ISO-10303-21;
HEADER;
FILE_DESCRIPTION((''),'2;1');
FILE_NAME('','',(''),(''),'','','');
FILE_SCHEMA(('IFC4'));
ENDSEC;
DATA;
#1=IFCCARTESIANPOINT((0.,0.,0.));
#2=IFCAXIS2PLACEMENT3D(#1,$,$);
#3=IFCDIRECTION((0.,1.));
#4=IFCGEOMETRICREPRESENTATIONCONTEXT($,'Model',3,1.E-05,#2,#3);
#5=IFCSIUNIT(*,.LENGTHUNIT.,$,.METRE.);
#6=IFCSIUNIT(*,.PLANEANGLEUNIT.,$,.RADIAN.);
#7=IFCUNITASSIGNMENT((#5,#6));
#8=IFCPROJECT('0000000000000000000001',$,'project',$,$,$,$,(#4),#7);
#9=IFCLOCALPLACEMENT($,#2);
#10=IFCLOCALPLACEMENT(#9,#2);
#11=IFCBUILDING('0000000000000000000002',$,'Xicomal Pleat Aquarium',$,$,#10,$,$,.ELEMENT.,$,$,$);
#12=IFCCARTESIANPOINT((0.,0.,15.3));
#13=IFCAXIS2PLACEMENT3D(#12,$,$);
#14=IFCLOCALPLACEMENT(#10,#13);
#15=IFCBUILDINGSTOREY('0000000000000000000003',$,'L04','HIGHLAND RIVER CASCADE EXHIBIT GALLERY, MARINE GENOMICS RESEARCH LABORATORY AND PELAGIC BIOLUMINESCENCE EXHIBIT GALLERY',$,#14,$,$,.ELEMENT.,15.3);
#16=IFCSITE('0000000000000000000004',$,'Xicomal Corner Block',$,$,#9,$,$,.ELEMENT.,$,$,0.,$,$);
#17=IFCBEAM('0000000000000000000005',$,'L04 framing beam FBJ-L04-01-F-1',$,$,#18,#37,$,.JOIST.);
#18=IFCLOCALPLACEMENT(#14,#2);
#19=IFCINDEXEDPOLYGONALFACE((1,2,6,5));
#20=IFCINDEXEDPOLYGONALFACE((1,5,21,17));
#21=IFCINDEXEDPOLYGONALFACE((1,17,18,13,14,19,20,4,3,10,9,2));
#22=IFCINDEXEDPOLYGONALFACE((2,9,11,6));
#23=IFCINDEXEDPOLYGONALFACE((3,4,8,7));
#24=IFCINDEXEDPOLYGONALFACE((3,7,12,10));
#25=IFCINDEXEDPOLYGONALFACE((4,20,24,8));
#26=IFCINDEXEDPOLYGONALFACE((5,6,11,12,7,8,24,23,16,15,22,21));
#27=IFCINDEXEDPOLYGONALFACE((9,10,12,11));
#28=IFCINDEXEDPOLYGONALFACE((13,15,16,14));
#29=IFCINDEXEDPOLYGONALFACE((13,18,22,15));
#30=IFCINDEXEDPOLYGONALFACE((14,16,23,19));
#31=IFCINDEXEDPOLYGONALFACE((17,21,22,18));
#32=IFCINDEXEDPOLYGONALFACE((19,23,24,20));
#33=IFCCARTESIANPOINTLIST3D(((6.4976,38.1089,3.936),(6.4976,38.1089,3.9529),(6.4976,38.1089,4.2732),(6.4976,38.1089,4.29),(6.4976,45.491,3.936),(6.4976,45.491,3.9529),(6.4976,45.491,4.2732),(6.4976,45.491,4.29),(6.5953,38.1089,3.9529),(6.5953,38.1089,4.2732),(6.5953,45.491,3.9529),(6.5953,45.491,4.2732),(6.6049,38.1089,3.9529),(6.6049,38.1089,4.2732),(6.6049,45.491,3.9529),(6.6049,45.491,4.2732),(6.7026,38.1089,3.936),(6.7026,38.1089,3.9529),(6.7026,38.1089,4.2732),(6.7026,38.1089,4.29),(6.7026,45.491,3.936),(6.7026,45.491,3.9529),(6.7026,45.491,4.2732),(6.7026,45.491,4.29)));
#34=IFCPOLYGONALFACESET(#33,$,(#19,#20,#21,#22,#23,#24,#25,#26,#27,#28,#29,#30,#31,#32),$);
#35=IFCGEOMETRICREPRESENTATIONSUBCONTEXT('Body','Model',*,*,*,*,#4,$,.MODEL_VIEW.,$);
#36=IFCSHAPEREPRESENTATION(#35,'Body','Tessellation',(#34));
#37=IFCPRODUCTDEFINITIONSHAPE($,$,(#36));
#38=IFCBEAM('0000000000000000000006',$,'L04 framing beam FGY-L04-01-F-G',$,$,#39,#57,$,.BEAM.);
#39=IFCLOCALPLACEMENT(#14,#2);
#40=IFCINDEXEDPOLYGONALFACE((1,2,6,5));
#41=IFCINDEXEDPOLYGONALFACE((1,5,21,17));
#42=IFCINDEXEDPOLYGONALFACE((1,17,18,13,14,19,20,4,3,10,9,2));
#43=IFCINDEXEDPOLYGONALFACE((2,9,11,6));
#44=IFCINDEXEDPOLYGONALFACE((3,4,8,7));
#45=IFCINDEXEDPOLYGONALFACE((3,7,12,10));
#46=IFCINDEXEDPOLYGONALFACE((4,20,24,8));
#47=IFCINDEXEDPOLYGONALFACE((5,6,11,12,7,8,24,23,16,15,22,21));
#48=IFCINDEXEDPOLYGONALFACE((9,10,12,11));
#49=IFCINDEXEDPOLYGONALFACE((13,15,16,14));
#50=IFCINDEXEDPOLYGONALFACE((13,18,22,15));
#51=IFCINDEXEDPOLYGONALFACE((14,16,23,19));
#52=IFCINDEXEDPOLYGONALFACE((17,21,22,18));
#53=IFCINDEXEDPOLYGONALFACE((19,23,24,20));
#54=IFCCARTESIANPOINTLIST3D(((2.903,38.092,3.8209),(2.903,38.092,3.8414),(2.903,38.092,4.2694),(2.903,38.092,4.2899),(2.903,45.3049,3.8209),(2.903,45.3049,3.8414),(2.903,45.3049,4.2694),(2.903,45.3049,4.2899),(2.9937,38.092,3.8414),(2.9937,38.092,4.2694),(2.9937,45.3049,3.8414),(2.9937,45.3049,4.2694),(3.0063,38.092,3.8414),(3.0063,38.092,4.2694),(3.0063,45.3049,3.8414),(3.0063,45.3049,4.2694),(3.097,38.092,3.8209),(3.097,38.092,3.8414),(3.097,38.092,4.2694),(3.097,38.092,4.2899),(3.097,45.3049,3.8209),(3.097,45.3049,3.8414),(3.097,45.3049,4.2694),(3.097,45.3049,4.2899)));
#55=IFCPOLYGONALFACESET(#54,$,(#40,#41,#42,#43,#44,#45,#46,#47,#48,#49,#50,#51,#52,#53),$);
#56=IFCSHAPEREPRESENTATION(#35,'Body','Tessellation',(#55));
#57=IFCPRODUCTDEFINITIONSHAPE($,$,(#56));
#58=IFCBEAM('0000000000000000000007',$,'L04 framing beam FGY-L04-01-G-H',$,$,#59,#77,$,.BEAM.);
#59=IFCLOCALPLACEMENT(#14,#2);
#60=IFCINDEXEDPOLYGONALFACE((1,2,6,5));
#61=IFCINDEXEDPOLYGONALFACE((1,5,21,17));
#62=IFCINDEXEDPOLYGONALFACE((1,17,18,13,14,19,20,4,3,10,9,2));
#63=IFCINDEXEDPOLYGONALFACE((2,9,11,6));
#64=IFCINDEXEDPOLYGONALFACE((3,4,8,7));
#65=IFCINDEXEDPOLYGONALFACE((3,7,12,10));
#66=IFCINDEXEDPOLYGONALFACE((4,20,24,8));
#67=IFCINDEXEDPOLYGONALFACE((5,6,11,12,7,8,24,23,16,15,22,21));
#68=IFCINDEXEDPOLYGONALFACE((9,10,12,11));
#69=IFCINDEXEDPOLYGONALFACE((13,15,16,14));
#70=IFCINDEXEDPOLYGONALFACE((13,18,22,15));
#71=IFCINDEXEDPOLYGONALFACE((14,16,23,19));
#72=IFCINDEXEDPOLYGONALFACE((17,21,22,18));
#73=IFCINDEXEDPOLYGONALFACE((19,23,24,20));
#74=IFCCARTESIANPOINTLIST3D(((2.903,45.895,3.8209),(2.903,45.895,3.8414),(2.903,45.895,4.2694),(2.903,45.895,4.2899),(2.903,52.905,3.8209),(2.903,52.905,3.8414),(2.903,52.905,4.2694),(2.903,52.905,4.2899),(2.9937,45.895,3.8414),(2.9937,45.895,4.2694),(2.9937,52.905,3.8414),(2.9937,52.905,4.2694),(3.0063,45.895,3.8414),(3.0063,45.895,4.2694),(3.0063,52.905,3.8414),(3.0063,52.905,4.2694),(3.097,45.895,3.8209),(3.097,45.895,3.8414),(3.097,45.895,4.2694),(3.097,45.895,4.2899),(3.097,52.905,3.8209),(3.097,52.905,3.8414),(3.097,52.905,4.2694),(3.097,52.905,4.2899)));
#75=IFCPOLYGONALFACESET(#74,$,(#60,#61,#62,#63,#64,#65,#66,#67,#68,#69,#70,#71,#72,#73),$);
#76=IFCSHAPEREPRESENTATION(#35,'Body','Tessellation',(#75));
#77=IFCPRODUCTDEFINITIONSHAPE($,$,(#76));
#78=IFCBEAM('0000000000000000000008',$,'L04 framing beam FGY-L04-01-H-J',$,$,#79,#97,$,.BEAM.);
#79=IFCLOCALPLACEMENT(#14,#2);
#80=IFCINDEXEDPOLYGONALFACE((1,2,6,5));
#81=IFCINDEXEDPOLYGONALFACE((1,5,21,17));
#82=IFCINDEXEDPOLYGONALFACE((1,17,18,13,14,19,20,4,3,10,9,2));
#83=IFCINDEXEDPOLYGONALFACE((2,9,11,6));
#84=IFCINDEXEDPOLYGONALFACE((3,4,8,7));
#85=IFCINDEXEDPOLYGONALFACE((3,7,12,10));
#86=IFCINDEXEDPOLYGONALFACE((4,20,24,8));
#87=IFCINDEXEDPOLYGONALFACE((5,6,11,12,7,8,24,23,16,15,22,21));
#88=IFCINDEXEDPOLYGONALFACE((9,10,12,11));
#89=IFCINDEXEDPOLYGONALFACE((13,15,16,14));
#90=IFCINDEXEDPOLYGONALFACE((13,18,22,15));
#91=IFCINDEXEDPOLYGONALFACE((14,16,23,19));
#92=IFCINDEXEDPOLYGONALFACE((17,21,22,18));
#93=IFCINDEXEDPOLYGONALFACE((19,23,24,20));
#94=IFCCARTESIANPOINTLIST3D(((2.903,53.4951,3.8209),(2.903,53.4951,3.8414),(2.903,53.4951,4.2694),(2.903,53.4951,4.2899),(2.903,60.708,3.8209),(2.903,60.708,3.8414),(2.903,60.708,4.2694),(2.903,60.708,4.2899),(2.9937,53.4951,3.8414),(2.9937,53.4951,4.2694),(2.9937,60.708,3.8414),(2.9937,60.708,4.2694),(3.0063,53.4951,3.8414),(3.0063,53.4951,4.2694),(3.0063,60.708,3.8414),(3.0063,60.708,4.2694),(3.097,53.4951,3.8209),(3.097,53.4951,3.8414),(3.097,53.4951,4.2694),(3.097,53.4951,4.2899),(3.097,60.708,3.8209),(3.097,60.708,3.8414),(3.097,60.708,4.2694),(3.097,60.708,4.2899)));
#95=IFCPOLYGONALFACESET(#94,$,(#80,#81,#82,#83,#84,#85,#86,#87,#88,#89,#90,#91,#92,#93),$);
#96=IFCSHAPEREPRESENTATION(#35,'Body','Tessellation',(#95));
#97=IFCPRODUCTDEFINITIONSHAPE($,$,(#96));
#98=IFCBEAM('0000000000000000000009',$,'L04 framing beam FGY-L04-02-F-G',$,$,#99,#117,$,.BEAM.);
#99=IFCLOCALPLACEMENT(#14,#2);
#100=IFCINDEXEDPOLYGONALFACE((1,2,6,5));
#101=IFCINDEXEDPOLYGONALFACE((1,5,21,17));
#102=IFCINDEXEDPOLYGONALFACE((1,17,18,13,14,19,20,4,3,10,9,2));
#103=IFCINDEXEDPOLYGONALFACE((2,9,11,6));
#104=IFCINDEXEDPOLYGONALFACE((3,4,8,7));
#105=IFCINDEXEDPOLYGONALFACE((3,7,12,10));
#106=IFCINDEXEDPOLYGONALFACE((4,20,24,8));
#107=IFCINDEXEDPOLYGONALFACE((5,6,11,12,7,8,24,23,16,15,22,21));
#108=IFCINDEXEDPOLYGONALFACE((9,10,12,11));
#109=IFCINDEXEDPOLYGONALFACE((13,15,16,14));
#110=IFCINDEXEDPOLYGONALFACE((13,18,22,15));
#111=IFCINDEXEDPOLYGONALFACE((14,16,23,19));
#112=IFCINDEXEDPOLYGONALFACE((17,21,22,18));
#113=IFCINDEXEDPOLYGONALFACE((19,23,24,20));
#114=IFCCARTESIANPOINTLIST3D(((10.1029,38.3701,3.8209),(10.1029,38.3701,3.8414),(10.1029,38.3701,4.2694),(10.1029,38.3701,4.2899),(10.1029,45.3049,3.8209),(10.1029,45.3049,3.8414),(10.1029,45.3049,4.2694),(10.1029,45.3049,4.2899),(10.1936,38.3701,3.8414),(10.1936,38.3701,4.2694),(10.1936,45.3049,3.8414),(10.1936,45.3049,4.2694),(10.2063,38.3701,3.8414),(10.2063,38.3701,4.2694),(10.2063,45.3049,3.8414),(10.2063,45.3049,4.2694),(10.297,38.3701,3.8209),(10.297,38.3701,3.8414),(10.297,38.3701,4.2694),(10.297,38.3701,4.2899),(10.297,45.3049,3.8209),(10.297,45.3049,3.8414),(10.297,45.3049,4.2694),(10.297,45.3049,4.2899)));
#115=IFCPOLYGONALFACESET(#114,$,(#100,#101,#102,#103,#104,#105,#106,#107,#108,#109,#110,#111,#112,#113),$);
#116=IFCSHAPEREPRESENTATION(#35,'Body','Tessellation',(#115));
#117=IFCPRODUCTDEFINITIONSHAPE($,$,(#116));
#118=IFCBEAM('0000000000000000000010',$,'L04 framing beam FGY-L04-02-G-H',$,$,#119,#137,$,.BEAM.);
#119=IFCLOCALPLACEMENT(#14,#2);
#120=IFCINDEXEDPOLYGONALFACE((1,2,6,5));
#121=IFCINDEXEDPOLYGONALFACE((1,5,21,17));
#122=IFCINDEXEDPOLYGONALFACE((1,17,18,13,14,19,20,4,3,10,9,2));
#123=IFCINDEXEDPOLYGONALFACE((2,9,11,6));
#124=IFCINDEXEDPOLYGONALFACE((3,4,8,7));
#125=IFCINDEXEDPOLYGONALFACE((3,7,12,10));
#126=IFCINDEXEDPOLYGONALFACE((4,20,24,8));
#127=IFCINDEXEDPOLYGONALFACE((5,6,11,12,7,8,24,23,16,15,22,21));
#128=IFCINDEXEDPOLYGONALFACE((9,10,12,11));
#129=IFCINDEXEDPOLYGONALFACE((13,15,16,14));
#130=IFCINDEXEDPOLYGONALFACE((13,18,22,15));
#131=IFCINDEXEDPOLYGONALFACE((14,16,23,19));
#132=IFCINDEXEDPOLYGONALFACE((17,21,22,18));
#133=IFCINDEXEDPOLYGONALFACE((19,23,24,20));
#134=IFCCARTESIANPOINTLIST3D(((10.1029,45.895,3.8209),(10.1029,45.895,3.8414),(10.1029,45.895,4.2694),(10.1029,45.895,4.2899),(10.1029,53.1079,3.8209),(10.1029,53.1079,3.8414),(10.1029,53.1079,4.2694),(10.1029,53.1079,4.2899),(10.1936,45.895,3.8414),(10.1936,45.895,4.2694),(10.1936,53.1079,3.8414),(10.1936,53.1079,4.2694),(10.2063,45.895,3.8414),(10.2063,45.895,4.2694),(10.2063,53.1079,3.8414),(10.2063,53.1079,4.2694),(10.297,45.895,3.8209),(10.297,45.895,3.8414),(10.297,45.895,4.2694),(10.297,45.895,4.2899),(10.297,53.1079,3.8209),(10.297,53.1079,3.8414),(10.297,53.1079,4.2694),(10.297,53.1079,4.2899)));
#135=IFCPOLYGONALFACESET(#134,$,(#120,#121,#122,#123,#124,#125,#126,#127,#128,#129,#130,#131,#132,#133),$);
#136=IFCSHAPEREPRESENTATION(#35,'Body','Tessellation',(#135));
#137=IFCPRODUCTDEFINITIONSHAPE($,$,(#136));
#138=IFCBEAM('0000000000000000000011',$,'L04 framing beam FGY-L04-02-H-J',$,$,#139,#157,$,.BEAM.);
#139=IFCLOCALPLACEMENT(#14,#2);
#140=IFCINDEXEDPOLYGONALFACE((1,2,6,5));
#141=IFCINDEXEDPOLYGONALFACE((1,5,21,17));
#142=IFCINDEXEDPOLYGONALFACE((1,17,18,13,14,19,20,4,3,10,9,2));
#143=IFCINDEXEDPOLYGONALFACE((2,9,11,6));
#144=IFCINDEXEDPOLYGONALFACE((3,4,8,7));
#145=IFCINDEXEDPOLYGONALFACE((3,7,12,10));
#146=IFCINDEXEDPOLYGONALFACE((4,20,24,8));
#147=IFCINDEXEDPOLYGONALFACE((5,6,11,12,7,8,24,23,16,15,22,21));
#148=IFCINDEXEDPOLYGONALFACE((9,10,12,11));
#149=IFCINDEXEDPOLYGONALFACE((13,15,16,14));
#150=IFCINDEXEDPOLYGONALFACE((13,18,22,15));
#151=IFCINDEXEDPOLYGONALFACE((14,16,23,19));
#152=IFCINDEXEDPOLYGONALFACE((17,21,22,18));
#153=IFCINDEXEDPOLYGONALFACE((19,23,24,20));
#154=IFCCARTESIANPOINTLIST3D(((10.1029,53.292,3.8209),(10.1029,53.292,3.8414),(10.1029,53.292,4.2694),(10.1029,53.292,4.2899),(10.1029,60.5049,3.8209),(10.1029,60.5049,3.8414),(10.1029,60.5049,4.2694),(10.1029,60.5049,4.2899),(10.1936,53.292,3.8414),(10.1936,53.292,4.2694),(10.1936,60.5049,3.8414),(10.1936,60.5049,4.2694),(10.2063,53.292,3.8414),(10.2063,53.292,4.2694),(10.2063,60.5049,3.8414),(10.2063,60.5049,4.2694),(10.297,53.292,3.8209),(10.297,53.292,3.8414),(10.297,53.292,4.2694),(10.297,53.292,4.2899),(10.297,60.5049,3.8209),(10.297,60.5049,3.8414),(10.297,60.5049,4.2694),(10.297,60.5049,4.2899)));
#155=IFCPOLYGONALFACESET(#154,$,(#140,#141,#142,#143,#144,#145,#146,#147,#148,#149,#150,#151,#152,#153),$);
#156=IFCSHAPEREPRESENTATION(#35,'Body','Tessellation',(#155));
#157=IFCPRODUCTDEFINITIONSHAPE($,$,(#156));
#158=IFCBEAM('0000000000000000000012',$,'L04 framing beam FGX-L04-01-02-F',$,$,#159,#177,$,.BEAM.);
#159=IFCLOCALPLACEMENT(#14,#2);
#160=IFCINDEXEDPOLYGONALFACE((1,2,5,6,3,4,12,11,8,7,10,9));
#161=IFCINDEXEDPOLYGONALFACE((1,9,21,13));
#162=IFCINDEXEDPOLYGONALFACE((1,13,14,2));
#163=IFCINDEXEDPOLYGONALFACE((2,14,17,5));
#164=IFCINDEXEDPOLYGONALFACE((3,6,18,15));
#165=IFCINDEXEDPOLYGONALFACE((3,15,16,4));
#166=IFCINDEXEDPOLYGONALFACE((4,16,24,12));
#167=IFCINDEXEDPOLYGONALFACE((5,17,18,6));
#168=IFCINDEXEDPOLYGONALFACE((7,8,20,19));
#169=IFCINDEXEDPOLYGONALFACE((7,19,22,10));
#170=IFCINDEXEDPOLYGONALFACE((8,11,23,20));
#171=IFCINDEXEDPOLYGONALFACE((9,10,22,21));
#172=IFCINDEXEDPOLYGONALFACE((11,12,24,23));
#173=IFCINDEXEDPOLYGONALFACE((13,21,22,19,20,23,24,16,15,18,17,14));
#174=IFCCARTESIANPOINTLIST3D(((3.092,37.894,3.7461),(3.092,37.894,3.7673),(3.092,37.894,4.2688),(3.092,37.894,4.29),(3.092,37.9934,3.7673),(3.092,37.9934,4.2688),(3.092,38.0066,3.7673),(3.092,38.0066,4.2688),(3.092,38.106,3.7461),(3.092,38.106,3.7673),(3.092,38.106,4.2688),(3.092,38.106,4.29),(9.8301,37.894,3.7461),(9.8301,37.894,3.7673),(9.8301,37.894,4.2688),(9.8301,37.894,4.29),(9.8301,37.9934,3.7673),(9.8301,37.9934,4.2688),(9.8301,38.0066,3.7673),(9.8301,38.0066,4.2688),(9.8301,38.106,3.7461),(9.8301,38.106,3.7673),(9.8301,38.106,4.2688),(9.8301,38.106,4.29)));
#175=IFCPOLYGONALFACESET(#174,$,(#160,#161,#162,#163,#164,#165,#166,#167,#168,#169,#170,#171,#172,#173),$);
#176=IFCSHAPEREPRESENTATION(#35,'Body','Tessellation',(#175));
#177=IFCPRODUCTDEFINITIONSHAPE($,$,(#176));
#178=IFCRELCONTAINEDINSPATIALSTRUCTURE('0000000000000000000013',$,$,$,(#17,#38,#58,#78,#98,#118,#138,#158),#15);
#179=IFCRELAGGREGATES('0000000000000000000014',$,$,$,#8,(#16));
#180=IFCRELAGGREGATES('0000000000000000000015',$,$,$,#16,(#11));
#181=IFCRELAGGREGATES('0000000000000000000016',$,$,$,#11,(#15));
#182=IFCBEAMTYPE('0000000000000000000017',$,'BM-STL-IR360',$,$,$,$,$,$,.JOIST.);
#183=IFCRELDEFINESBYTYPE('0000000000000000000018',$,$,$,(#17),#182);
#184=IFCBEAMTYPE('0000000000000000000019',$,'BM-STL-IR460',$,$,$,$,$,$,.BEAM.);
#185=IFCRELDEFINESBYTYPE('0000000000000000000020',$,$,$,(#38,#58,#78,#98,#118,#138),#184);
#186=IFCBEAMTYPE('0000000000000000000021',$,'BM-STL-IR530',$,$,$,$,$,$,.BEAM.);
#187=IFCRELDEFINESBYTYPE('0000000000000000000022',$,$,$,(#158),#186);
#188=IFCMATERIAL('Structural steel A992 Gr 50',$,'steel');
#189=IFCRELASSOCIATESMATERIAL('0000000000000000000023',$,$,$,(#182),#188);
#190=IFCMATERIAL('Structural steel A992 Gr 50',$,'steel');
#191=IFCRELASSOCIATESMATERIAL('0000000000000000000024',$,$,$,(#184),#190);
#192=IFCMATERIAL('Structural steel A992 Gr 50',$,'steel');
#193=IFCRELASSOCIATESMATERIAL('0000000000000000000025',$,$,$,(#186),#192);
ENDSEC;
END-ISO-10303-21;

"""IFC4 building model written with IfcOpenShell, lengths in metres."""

from ifc_helpers import new_model, si_unit, direction, frame, origin, origin_2d, place, context, subcontext, project, spatial, i_section, extrude, material, material_profile, profile_set, type_object, element, save


model = new_model("IFC4")

# Units and contexts
model_context = context("Model", 3, precision=1e-05, world=origin(), true_north=direction((0.0, 1.0)))
body_context = subcontext(model_context, "Body", "Model", "MODEL_VIEW")
ifc_project = project(units=[si_unit("LENGTHUNIT", "METRE"), si_unit("PLANEANGLEUNIT", "RADIAN")], contexts=[model_context])

# Site, building, storey
site_placement = place(None, origin())
site = spatial("IfcSite", under=ifc_project, at=site_placement, Name="Xicomal Corner Block", CompositionType="ELEMENT", RefElevation=0.0)
building_placement = place(site_placement, origin())
building = spatial("IfcBuilding", under=site, at=building_placement, Name="Xicomal Pleat Aquarium", CompositionType="ELEMENT")
storey_placement = place(building_placement, frame((0.0, 0.0, 15.3)))
storey = spatial("IfcBuildingStorey", under=building, at=storey_placement, Name="L04", Description="HIGHLAND RIVER CASCADE EXHIBIT GALLERY, MARINE GENOMICS RESEARCH LABORATORY AND PELAGIC BIOLUMINESCENCE EXHIBIT GALLERY", CompositionType="ELEMENT", Elevation=15.3)

# Beams
ifc_material_1 = material(Name="Structural steel A992 Gr 50", Category="steel")
ifc_material_profile_1 = material_profile(ifc_material_1, i_section(OverallWidth=0.2051, OverallDepth=0.354, WebThickness=0.0095, FlangeThickness=0.0168, at=origin_2d()), Name="IR 360x79")
ifc_profile_set_1 = profile_set([ifc_material_profile_1], Name="Structural steel A992 Gr 50")
beam_type_1 = type_object("IfcBeamType", Name="BM-STL-IR360", PredefinedType="JOIST", material=ifc_profile_set_1)
beam_1_placement = place(storey_placement, frame((6.6001, 38.1089, 4.113), z_axis=(0.0, 1.0, 0.0), x_axis=(-1.0, 0.0, 0.0)))
element("IfcBeam", 1, at=beam_1_placement, inside=storey, type_object=beam_type_1, Name="L04 framing beam FBJ-L04-01-F-1", PredefinedType="JOIST", context=body_context, shape_type="SweptSolid", body=[
    extrude(i_section(OverallWidth=0.2051, OverallDepth=0.354, WebThickness=0.0095, FlangeThickness=0.0168, at=origin_2d()), origin(), (0.0, 0.0, 1.0), 7.3821),
])
ifc_material_2 = material(Name="Structural steel A992 Gr 50", Category="steel")
ifc_material_profile_2 = material_profile(ifc_material_2, i_section(OverallWidth=0.1941, OverallDepth=0.469, WebThickness=0.0127, FlangeThickness=0.0205, at=origin_2d()), Name="IR 460x106")
ifc_profile_set_2 = profile_set([ifc_material_profile_2], Name="Structural steel A992 Gr 50")
beam_type_2 = type_object("IfcBeamType", Name="BM-STL-IR460", PredefinedType="BEAM", material=ifc_profile_set_2)
beam_2_placement = place(storey_placement, frame((3.0, 38.092, 4.0554), z_axis=(0.0, 1.0, 0.0), x_axis=(-1.0, 0.0, 0.0)))
element("IfcBeam", 2, at=beam_2_placement, inside=storey, type_object=beam_type_2, Name="L04 framing beam FGY-L04-01-F-G", PredefinedType="BEAM", context=body_context, shape_type="SweptSolid", body=[
    extrude(i_section(OverallWidth=0.1941, OverallDepth=0.469, WebThickness=0.0127, FlangeThickness=0.0205, at=origin_2d()), origin(), (0.0, 0.0, 1.0), 7.2129),
])
beam_3_placement = place(storey_placement, frame((3.0, 45.895, 4.0554), z_axis=(0.0, 1.0, 0.0), x_axis=(-1.0, 0.0, 0.0)))
element("IfcBeam", 3, at=beam_3_placement, inside=storey, type_object=beam_type_2, Name="L04 framing beam FGY-L04-01-G-H", PredefinedType="BEAM", context=body_context, shape_type="SweptSolid", body=[
    extrude(i_section(OverallWidth=0.1941, OverallDepth=0.469, WebThickness=0.0127, FlangeThickness=0.0205, at=origin_2d()), origin(), (0.0, 0.0, 1.0), 7.01),
])
beam_4_placement = place(storey_placement, frame((3.0, 53.4951, 4.0554), z_axis=(0.0, 1.0, 0.0), x_axis=(-1.0, 0.0, 0.0)))
element("IfcBeam", 4, at=beam_4_placement, inside=storey, type_object=beam_type_2, Name="L04 framing beam FGY-L04-01-H-J", PredefinedType="BEAM", context=body_context, shape_type="SweptSolid", body=[
    extrude(i_section(OverallWidth=0.1941, OverallDepth=0.469, WebThickness=0.0127, FlangeThickness=0.0205, at=origin_2d()), origin(), (0.0, 0.0, 1.0), 7.2129),
])
beam_5_placement = place(storey_placement, frame((10.2, 38.3701, 4.0554), z_axis=(0.0, 1.0, 0.0), x_axis=(-1.0, 0.0, 0.0)))
element("IfcBeam", 5, at=beam_5_placement, inside=storey, type_object=beam_type_2, Name="L04 framing beam FGY-L04-02-F-G", PredefinedType="BEAM", context=body_context, shape_type="SweptSolid", body=[
    extrude(i_section(OverallWidth=0.1941, OverallDepth=0.469, WebThickness=0.0127, FlangeThickness=0.0205, at=origin_2d()), origin(), (0.0, 0.0, 1.0), 6.9348),
])
for number, where, z_axis, x_axis, name in (
    (6, (10.2, 45.895, 4.0554), (0.0, 1.0, 0.0), (-1.0, 0.0, 0.0), "L04 framing beam FGY-L04-02-G-H"),
    (7, (10.2, 53.292, 4.0554), (0.0, 1.0, 0.0), (-1.0, 0.0, 0.0), "L04 framing beam FGY-L04-02-H-J"),
):
    element("IfcBeam", number, at=place(storey_placement, frame(where, z_axis=z_axis, x_axis=x_axis)), inside=storey, type_object=beam_type_2, Name=name, PredefinedType="BEAM", context=body_context, shape_type="SweptSolid", body=[
        extrude(i_section(OverallWidth=0.1941, OverallDepth=0.469, WebThickness=0.0127, FlangeThickness=0.0205, at=origin_2d()), origin(), (0.0, 0.0, 1.0), 7.2129),
    ])
ifc_material_3 = material(Name="Structural steel A992 Gr 50", Category="steel")
ifc_material_profile_3 = material_profile(ifc_material_3, i_section(OverallWidth=0.2119, OverallDepth=0.5439, WebThickness=0.0132, FlangeThickness=0.0212, at=origin_2d()), Name="IR 530x123")
ifc_profile_set_3 = profile_set([ifc_material_profile_3], Name="Structural steel A992 Gr 50")
beam_type_3 = type_object("IfcBeamType", Name="BM-STL-IR530", PredefinedType="BEAM", material=ifc_profile_set_3)
beam_6_placement = place(storey_placement, frame((3.092, 38.0, 4.0181), z_axis=(1.0, 0.0, 0.0), x_axis=(0.0, 1.0, 0.0)))
element("IfcBeam", 8, at=beam_6_placement, inside=storey, type_object=beam_type_3, Name="L04 framing beam FGX-L04-01-02-F", PredefinedType="BEAM", context=body_context, shape_type="SweptSolid", body=[
    extrude(i_section(OverallWidth=0.2119, OverallDepth=0.5439, WebThickness=0.0132, FlangeThickness=0.0212, at=origin_2d()), origin(), (0.0, 0.0, 1.0), 6.738),
])

save(model, "model.ifc")
